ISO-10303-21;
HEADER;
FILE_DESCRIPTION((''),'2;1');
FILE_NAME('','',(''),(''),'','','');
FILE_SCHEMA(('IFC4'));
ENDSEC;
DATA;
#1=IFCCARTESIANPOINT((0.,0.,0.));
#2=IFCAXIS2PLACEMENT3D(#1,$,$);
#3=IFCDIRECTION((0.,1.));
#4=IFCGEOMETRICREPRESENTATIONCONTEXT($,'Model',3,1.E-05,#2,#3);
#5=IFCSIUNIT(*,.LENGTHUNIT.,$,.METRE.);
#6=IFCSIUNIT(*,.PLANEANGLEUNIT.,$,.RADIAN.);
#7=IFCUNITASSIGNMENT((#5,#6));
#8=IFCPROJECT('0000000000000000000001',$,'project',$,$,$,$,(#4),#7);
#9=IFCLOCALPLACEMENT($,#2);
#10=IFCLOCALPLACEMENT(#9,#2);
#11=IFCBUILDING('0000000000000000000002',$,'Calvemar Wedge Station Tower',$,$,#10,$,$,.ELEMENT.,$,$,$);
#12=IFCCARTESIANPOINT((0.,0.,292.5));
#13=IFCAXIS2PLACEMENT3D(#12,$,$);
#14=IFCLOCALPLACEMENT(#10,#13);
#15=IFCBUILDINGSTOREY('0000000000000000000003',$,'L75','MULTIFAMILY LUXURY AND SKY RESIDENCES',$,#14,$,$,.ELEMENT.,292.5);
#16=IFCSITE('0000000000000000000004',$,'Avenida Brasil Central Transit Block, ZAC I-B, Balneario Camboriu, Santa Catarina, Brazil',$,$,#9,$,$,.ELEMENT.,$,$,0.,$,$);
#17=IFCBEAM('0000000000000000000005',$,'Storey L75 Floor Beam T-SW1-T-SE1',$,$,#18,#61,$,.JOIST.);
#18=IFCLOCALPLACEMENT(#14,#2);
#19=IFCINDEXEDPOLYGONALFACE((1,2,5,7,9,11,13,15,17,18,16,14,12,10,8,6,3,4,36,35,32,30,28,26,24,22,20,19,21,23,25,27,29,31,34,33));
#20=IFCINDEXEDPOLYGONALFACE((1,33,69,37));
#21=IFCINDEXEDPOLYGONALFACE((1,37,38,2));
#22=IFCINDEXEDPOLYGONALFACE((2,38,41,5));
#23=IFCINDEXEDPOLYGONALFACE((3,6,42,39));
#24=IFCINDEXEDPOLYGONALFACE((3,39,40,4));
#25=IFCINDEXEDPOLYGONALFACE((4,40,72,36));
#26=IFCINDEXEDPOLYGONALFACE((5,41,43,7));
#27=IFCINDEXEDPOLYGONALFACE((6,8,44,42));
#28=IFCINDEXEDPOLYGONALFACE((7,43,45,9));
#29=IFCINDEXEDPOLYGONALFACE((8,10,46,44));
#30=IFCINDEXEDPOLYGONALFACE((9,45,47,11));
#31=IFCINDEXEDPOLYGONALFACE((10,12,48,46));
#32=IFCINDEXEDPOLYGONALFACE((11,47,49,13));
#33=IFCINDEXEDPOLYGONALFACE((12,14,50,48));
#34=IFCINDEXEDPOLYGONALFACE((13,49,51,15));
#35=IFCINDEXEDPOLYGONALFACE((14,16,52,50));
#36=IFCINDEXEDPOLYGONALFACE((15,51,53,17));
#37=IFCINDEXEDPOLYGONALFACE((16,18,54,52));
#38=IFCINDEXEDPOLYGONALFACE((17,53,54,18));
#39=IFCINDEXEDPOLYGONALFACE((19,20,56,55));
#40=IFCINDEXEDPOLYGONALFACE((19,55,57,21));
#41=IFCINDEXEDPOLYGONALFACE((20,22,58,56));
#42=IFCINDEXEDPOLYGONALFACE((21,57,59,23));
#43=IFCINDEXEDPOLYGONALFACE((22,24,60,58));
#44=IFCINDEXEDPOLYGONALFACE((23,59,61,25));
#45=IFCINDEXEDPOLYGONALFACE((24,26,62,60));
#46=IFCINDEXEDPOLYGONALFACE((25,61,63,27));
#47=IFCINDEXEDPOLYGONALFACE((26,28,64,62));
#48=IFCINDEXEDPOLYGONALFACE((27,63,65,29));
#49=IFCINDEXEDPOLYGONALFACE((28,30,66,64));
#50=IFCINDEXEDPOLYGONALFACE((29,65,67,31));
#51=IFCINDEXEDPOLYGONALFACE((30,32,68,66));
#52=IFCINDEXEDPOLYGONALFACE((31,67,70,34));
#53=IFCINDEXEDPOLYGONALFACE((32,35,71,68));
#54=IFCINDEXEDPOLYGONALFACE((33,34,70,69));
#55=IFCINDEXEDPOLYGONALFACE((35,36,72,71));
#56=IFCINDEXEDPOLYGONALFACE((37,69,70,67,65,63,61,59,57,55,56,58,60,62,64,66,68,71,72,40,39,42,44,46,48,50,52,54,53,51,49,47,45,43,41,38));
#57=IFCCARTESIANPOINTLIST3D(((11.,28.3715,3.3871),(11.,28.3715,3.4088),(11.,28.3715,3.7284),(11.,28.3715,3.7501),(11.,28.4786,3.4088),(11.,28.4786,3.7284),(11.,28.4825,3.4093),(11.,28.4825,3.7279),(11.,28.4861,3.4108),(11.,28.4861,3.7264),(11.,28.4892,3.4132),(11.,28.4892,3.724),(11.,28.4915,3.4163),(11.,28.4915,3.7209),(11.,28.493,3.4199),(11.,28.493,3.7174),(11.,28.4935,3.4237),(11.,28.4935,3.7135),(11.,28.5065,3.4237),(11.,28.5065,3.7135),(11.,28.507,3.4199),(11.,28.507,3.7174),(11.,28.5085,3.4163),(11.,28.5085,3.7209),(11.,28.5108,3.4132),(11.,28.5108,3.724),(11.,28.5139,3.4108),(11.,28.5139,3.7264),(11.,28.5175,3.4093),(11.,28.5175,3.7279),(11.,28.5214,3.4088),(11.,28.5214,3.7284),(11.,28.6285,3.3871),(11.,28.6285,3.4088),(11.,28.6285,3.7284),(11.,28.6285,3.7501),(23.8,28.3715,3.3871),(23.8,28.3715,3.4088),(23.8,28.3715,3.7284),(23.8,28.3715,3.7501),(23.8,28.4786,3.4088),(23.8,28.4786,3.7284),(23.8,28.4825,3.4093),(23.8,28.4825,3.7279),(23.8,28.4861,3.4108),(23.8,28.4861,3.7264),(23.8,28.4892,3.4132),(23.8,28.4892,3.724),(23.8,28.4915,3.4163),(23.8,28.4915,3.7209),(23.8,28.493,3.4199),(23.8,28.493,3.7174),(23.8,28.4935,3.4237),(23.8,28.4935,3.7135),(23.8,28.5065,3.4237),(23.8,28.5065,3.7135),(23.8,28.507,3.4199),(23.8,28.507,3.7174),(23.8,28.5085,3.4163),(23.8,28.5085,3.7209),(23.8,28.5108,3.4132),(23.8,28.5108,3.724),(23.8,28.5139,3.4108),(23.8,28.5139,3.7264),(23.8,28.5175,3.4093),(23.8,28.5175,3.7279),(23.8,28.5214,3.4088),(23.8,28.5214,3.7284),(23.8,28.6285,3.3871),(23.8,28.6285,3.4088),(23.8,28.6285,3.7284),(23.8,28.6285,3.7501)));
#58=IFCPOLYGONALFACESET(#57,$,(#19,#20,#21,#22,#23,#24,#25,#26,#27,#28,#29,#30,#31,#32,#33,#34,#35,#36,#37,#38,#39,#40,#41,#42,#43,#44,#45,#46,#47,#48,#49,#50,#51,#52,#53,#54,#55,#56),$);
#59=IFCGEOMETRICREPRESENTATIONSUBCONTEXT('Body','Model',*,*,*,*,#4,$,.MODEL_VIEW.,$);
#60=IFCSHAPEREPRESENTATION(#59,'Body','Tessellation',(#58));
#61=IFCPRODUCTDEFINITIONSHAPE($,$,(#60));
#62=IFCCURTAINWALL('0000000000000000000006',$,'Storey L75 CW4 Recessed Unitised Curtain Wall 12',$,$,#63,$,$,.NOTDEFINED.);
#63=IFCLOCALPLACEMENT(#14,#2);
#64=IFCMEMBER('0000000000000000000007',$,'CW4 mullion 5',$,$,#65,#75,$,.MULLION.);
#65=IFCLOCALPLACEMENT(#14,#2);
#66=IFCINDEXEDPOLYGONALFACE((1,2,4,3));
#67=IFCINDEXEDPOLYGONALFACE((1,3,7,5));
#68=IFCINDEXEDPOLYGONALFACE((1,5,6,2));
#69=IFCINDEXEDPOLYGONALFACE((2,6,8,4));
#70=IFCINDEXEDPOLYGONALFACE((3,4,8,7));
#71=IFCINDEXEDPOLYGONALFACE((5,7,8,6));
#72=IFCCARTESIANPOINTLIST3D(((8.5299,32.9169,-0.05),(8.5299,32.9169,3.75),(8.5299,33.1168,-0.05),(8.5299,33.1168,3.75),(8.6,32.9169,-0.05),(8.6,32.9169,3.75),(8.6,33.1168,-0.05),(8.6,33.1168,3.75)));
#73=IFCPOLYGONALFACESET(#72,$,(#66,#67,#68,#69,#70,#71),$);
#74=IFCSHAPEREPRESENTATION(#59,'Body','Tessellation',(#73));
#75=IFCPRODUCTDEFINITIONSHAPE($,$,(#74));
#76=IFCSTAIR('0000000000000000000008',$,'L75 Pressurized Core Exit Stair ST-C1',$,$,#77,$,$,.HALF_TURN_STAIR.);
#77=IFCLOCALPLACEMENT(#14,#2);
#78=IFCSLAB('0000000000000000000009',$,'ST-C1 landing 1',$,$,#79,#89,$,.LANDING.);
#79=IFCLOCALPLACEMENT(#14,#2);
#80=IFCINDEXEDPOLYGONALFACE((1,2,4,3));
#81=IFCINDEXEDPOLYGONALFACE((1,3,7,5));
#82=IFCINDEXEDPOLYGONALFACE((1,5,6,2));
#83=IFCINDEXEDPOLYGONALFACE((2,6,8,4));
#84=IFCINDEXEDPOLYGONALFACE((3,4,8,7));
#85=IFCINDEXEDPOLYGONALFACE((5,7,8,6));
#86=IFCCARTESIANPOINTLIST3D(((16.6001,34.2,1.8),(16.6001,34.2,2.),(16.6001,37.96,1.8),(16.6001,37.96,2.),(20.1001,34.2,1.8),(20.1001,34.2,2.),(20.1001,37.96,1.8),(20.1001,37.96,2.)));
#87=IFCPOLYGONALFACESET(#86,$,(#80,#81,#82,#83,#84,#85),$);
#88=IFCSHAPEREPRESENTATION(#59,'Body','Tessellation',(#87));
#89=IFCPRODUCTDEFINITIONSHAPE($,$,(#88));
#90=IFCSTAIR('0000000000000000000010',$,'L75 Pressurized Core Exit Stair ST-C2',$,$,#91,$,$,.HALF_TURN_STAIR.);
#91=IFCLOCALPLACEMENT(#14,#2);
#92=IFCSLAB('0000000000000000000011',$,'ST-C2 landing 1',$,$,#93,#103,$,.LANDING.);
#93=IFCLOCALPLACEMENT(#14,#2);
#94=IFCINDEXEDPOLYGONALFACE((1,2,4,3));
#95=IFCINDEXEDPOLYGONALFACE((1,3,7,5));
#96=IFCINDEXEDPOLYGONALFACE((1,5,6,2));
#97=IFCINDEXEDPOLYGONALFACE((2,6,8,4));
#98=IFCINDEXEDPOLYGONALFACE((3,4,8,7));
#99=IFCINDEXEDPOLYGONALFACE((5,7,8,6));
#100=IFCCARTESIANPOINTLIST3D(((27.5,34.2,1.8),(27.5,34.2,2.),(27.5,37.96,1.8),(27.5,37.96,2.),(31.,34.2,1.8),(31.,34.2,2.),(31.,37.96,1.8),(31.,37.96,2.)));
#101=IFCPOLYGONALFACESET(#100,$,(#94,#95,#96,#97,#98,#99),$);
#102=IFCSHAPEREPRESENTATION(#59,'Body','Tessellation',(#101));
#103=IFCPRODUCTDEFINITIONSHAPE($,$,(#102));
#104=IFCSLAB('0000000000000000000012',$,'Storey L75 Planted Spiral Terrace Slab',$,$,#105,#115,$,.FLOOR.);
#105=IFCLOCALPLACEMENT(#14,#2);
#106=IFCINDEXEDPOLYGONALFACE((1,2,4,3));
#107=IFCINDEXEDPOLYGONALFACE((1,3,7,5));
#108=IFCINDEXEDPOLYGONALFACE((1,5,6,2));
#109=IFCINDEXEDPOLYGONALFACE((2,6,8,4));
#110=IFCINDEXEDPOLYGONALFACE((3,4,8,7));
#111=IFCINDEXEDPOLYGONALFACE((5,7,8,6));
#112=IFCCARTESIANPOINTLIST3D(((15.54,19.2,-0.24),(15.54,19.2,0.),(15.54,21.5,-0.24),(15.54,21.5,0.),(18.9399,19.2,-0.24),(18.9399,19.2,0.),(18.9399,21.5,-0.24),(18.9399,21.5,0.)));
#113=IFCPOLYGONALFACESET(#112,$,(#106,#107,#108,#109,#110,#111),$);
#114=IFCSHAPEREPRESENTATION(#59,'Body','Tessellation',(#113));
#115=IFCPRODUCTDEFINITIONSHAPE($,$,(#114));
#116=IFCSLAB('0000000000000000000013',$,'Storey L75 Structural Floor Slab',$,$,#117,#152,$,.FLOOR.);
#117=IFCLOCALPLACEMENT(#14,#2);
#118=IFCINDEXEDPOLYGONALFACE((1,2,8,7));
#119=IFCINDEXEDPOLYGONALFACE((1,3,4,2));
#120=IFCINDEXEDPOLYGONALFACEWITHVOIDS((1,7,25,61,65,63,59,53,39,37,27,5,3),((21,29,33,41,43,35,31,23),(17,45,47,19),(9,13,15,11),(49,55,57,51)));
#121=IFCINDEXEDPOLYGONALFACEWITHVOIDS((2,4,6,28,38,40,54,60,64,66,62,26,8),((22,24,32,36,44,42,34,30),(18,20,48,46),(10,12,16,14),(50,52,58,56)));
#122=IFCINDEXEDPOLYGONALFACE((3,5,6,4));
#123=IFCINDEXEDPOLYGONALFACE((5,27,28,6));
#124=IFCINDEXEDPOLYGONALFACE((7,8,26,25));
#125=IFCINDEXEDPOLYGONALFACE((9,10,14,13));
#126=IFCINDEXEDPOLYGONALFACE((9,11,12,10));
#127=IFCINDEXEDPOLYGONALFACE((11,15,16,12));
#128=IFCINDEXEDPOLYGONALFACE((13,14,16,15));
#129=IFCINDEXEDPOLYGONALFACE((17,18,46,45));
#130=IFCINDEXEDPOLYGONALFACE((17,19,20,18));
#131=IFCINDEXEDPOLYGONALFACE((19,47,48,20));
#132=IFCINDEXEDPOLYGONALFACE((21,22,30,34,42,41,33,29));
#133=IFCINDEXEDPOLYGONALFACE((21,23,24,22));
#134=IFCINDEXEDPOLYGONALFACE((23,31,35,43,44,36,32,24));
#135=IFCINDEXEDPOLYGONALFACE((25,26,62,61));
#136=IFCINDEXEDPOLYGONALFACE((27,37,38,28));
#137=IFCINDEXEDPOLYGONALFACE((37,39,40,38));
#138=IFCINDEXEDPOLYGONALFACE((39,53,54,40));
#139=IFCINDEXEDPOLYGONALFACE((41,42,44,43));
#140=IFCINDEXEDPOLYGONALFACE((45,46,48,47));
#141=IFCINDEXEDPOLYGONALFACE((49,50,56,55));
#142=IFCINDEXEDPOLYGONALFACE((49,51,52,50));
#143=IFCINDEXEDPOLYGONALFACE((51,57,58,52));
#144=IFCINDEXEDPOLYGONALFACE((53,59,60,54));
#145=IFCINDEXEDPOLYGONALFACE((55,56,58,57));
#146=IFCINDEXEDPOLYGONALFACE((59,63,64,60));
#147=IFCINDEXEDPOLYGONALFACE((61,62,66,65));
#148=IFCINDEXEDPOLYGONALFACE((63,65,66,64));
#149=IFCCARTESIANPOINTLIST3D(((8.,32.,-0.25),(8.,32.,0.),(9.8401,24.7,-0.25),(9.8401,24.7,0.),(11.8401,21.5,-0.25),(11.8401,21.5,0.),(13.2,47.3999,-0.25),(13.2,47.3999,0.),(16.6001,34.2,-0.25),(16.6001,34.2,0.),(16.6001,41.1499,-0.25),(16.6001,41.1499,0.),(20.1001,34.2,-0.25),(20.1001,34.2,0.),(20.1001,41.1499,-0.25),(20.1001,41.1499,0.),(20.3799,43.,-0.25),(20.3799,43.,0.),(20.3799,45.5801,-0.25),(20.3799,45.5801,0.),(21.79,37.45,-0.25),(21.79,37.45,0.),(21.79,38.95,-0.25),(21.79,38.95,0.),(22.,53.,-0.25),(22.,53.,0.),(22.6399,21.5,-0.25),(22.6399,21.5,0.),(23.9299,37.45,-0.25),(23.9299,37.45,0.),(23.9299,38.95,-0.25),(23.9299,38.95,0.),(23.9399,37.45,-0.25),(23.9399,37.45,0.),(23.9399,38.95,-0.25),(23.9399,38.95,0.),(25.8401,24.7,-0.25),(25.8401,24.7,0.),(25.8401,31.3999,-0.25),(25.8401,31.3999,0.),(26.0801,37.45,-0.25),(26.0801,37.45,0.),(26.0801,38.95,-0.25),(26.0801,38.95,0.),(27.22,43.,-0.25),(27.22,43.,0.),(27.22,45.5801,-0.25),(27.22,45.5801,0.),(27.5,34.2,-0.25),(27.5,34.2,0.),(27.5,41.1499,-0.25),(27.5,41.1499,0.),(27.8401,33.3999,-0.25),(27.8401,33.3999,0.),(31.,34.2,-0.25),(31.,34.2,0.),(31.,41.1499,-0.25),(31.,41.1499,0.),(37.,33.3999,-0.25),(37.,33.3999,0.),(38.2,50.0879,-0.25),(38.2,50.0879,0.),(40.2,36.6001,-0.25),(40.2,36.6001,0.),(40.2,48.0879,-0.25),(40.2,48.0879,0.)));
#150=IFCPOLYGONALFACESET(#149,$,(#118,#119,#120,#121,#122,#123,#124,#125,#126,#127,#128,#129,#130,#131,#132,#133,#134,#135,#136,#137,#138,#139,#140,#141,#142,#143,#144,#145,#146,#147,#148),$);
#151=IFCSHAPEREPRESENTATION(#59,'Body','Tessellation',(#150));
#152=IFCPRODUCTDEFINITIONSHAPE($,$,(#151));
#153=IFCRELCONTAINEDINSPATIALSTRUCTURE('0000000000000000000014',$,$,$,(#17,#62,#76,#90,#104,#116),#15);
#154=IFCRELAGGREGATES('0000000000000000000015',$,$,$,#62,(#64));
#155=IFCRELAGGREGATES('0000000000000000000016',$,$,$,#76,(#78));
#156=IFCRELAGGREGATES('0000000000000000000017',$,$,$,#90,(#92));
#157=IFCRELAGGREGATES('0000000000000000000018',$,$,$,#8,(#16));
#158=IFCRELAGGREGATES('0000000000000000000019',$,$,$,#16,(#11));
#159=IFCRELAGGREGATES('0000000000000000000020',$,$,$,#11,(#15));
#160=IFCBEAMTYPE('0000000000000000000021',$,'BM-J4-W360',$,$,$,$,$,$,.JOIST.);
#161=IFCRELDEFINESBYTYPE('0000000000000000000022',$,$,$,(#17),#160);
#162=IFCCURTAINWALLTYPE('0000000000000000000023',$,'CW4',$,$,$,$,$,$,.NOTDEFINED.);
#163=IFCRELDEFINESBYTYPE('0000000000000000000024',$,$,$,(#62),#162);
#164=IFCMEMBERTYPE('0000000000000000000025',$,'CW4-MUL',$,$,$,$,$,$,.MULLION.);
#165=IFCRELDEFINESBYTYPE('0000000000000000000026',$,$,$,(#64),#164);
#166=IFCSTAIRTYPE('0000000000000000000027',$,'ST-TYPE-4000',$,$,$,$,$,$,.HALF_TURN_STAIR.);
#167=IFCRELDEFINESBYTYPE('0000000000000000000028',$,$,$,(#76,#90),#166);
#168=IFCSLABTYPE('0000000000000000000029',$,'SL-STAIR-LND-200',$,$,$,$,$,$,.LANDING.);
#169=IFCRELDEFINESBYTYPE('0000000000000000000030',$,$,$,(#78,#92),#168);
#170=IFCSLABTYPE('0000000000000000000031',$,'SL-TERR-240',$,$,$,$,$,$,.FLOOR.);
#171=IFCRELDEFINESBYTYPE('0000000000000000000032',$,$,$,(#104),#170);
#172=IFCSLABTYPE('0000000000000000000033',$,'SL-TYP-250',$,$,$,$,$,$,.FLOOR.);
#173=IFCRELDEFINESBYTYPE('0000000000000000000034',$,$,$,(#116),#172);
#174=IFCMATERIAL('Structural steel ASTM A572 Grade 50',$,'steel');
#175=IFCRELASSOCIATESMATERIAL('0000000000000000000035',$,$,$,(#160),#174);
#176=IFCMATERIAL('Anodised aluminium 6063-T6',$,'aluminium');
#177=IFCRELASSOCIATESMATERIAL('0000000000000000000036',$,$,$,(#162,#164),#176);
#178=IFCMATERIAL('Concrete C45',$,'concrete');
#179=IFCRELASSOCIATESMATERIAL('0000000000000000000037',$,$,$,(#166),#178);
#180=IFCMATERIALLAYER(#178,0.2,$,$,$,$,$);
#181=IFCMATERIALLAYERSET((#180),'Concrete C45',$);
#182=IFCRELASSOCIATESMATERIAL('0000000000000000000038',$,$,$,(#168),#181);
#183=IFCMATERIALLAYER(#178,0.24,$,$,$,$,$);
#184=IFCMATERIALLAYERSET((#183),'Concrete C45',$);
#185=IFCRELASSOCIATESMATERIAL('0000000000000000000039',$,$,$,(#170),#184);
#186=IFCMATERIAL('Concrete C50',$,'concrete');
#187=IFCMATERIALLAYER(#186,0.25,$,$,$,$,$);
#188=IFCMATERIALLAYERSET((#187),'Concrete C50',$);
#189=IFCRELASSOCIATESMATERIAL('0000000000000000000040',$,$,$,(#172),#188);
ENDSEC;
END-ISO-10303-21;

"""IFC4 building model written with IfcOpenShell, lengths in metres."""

from ifc_helpers import new_model, si_unit, direction, frame, origin, origin_2d, place, context, subcontext, project, spatial, polyline, rectangle, i_section, outline, extrude, source, transform, mapped, material, layer, layer_set, material_profile, profile_set, type_object, element, aggregate, save


model = new_model("IFC4")

# Units and contexts
model_context = context("Model", 3, precision=1e-05, world=origin(), true_north=direction((0.0, 1.0)))
body_context = subcontext(model_context, "Body", "Model", "MODEL_VIEW")
ifc_project = project(units=[si_unit("LENGTHUNIT", "METRE"), si_unit("PLANEANGLEUNIT", "RADIAN")], contexts=[model_context])

# Site, building, storey
site_placement = place(None, origin())
site = spatial("IfcSite", under=ifc_project, at=site_placement, Name="Avenida Brasil Central Transit Block, ZAC I-B, Balneario Camboriu, Santa Catarina, Brazil", CompositionType="ELEMENT", RefElevation=0.0)
building_placement = place(site_placement, origin())
building = spatial("IfcBuilding", under=site, at=building_placement, Name="Calvemar Wedge Station Tower", CompositionType="ELEMENT")
storey_placement = place(building_placement, frame((0.0, 0.0, 292.5)))
storey = spatial("IfcBuildingStorey", under=building, at=storey_placement, Name="L75", Description="MULTIFAMILY LUXURY AND SKY RESIDENCES", CompositionType="ELEMENT", Elevation=292.5)

# Shared definitions
ifc_material_1 = material(Name="Concrete C50", Category="concrete")

# Beam
ifc_material_2 = material(Name="Structural steel ASTM A572 Grade 50", Category="steel")
ifc_material_profile_1 = material_profile(ifc_material_2, i_section(OverallWidth=0.2571, OverallDepth=0.363, WebThickness=0.0129, FlangeThickness=0.0217, FilletRadius=0.0149, at=origin_2d()), Name="W360x122")
ifc_profile_set_1 = profile_set([ifc_material_profile_1], Name="Structural steel ASTM A572 Grade 50")
beam_type_1 = type_object("IfcBeamType", Name="BM-J4-W360", PredefinedType="JOIST", material=ifc_profile_set_1)
shared_shape_1 = source(origin(), body_context, "Body", "SweptSolid", [
    extrude(i_section(OverallWidth=0.2571, OverallDepth=0.363, WebThickness=0.0129, FlangeThickness=0.0217, FilletRadius=0.0149, at=origin_2d()), origin(), (0.0, 0.0, 1.0), 12.8),
])
beam_1_placement = place(storey_placement, frame((11.0, 28.5, 3.5686), z_axis=(1.0, 0.0, 0.0), x_axis=(0.0, 1.0, 0.0)))
element("IfcBeam", 1, at=beam_1_placement, inside=storey, type_object=beam_type_1, Name="Storey L75 Floor Beam T-SW1-T-SE1", PredefinedType="JOIST", context=body_context, shape_type="MappedRepresentation", body=[
    mapped(shared_shape_1, transform((0.0, 0.0, 0.0), scale=1.0)),
])

# Curtain wall, member
ifc_material_3 = material(Name="Anodised aluminium 6063-T6", Category="aluminium")
curtain_wall_type = type_object("IfcCurtainWallType", Name="CW4", PredefinedType="NOTDEFINED", material=ifc_material_3)
curtain_wall_placement = place(storey_placement, origin())
curtain_wall = element("IfcCurtainWall", 2, at=curtain_wall_placement, inside=storey, type_object=curtain_wall_type, Name="Storey L75 CW4 Recessed Unitised Curtain Wall 12", PredefinedType="NOTDEFINED")
ifc_material_profile_2 = material_profile(ifc_material_3, rectangle(XDim=0.0701, YDim=0.2, at=origin_2d()), Name="AL-MUL-70x200")
ifc_profile_set_2 = profile_set([ifc_material_profile_2], Name="Anodised aluminium 6063-T6")
member_type = type_object("IfcMemberType", Name="CW4-MUL", PredefinedType="MULLION", material=ifc_profile_set_2)
shared_shape_2 = source(origin(), body_context, "Body", "SweptSolid", [
    extrude(rectangle(XDim=0.0701, YDim=0.2, at=origin_2d()), origin(), (0.0, 0.0, 1.0), 3.8),
])
member_placement = place(storey_placement, frame((8.5649, 33.0168, -0.05), z_axis=(0.0, 0.0, 1.0), x_axis=(1.0, 0.0, 0.0)))
member = element("IfcMember", 3, at=member_placement, type_object=member_type, Name="CW4 mullion 5", PredefinedType="MULLION", context=body_context, shape_type="MappedRepresentation", body=[
    mapped(shared_shape_2, transform((0.0, 0.0, 0.0), scale=1.0)),
])
aggregate(curtain_wall, [member])

# Stairs, slabs
ifc_material_4 = material(Name="Concrete C45", Category="concrete")
stair_type = type_object("IfcStairType", Name="ST-TYPE-4000", PredefinedType="HALF_TURN_STAIR", material=ifc_material_4)
stair_1_placement = place(storey_placement, origin())
stair_1 = element("IfcStair", 4, at=stair_1_placement, inside=storey, type_object=stair_type, Name="L75 Pressurized Core Exit Stair ST-C1", PredefinedType="HALF_TURN_STAIR")
ifc_layer_1 = layer(ifc_material_4, 0.2)
ifc_layer_set_1 = layer_set([ifc_layer_1], Name="Concrete C45")
slab_type_1 = type_object("IfcSlabType", Name="SL-STAIR-LND-200", PredefinedType="LANDING", material=ifc_layer_set_1)
slab_1_placement = place(storey_placement, frame((0.0, 0.0, 1.8)))
slab_1 = element("IfcSlab", 5, at=slab_1_placement, type_object=slab_type_1, Name="ST-C1 landing 1", PredefinedType="LANDING", context=body_context, shape_type="SweptSolid", body=[
    extrude(outline(polyline([(16.6001, 37.96), (16.6001, 34.2), (20.1001, 34.2), (20.1001, 37.96), (16.6001, 37.96)])), origin(), (0.0, 0.0, 1.0), 0.2),
])
aggregate(stair_1, [slab_1])
stair_2_placement = place(storey_placement, origin())
stair_2 = element("IfcStair", 6, at=stair_2_placement, inside=storey, type_object=stair_type, Name="L75 Pressurized Core Exit Stair ST-C2", PredefinedType="HALF_TURN_STAIR")
slab_2_placement = place(storey_placement, frame((0.0, 0.0, 1.8)))
slab_2 = element("IfcSlab", 7, at=slab_2_placement, type_object=slab_type_1, Name="ST-C2 landing 1", PredefinedType="LANDING", context=body_context, shape_type="SweptSolid", body=[
    extrude(outline(polyline([(27.5, 37.96), (27.5, 34.2), (31.0, 34.2), (31.0, 37.96), (27.5, 37.96)])), origin(), (0.0, 0.0, 1.0), 0.2),
])
aggregate(stair_2, [slab_2])

# Slabs
ifc_layer_2 = layer(ifc_material_4, 0.24)
ifc_layer_set_2 = layer_set([ifc_layer_2], Name="Concrete C45")
slab_type_2 = type_object("IfcSlabType", Name="SL-TERR-240", PredefinedType="FLOOR", material=ifc_layer_set_2)
slab_3_placement = place(storey_placement, frame((0.0, 0.0, -0.24)))
element("IfcSlab", 8, at=slab_3_placement, inside=storey, type_object=slab_type_2, Name="Storey L75 Planted Spiral Terrace Slab", PredefinedType="FLOOR", context=body_context, shape_type="SweptSolid", body=[
    extrude(outline(polyline([(15.54, 21.5), (15.54, 19.2), (18.9399, 19.2), (18.9399, 21.5), (15.54, 21.5)])), origin(), (0.0, 0.0, 1.0), 0.24),
])
ifc_layer_3 = layer(ifc_material_1, 0.25)
ifc_layer_set_3 = layer_set([ifc_layer_3], Name="Concrete C50")
slab_type_3 = type_object("IfcSlabType", Name="SL-TYP-250", PredefinedType="FLOOR", material=ifc_layer_set_3)
slab_4_placement = place(storey_placement, frame((0.0, 0.0, -0.25)))
element("IfcSlab", 9, at=slab_4_placement, inside=storey, type_object=slab_type_3, Name="Storey L75 Structural Floor Slab", PredefinedType="FLOOR", context=body_context, shape_type="SweptSolid", body=[
    extrude(outline(polyline([(8.0, 32.0), (9.8401, 24.7), (11.8401, 21.5), (22.6399, 21.5), (25.8401, 24.7), (25.8401, 31.3999), (27.8401, 33.3999), (37.0, 33.3999), (40.2, 36.6001), (40.2, 48.0879), (38.2, 50.0879), (22.0, 53.0), (13.2, 47.3999), (8.0, 32.0)]), holes=[polyline([(20.1001, 34.2), (20.1001, 41.1499), (16.6001, 41.1499), (16.6001, 34.2), (20.1001, 34.2)]), polyline([(31.0, 34.2), (31.0, 41.1499), (27.5, 41.1499), (27.5, 34.2), (31.0, 34.2)]), polyline([(23.9299, 38.95), (21.79, 38.95), (21.79, 37.45), (23.9299, 37.45), (23.9399, 37.45), (26.0801, 37.45), (26.0801, 38.95), (23.9399, 38.95), (23.9299, 38.95)]), polyline([(27.22, 43.0), (27.22, 45.5801), (20.3799, 45.5801), (20.3799, 43.0), (27.22, 43.0)])]), origin(), (0.0, 0.0, 1.0), 0.25),
])

save(model, "model.ifc")
